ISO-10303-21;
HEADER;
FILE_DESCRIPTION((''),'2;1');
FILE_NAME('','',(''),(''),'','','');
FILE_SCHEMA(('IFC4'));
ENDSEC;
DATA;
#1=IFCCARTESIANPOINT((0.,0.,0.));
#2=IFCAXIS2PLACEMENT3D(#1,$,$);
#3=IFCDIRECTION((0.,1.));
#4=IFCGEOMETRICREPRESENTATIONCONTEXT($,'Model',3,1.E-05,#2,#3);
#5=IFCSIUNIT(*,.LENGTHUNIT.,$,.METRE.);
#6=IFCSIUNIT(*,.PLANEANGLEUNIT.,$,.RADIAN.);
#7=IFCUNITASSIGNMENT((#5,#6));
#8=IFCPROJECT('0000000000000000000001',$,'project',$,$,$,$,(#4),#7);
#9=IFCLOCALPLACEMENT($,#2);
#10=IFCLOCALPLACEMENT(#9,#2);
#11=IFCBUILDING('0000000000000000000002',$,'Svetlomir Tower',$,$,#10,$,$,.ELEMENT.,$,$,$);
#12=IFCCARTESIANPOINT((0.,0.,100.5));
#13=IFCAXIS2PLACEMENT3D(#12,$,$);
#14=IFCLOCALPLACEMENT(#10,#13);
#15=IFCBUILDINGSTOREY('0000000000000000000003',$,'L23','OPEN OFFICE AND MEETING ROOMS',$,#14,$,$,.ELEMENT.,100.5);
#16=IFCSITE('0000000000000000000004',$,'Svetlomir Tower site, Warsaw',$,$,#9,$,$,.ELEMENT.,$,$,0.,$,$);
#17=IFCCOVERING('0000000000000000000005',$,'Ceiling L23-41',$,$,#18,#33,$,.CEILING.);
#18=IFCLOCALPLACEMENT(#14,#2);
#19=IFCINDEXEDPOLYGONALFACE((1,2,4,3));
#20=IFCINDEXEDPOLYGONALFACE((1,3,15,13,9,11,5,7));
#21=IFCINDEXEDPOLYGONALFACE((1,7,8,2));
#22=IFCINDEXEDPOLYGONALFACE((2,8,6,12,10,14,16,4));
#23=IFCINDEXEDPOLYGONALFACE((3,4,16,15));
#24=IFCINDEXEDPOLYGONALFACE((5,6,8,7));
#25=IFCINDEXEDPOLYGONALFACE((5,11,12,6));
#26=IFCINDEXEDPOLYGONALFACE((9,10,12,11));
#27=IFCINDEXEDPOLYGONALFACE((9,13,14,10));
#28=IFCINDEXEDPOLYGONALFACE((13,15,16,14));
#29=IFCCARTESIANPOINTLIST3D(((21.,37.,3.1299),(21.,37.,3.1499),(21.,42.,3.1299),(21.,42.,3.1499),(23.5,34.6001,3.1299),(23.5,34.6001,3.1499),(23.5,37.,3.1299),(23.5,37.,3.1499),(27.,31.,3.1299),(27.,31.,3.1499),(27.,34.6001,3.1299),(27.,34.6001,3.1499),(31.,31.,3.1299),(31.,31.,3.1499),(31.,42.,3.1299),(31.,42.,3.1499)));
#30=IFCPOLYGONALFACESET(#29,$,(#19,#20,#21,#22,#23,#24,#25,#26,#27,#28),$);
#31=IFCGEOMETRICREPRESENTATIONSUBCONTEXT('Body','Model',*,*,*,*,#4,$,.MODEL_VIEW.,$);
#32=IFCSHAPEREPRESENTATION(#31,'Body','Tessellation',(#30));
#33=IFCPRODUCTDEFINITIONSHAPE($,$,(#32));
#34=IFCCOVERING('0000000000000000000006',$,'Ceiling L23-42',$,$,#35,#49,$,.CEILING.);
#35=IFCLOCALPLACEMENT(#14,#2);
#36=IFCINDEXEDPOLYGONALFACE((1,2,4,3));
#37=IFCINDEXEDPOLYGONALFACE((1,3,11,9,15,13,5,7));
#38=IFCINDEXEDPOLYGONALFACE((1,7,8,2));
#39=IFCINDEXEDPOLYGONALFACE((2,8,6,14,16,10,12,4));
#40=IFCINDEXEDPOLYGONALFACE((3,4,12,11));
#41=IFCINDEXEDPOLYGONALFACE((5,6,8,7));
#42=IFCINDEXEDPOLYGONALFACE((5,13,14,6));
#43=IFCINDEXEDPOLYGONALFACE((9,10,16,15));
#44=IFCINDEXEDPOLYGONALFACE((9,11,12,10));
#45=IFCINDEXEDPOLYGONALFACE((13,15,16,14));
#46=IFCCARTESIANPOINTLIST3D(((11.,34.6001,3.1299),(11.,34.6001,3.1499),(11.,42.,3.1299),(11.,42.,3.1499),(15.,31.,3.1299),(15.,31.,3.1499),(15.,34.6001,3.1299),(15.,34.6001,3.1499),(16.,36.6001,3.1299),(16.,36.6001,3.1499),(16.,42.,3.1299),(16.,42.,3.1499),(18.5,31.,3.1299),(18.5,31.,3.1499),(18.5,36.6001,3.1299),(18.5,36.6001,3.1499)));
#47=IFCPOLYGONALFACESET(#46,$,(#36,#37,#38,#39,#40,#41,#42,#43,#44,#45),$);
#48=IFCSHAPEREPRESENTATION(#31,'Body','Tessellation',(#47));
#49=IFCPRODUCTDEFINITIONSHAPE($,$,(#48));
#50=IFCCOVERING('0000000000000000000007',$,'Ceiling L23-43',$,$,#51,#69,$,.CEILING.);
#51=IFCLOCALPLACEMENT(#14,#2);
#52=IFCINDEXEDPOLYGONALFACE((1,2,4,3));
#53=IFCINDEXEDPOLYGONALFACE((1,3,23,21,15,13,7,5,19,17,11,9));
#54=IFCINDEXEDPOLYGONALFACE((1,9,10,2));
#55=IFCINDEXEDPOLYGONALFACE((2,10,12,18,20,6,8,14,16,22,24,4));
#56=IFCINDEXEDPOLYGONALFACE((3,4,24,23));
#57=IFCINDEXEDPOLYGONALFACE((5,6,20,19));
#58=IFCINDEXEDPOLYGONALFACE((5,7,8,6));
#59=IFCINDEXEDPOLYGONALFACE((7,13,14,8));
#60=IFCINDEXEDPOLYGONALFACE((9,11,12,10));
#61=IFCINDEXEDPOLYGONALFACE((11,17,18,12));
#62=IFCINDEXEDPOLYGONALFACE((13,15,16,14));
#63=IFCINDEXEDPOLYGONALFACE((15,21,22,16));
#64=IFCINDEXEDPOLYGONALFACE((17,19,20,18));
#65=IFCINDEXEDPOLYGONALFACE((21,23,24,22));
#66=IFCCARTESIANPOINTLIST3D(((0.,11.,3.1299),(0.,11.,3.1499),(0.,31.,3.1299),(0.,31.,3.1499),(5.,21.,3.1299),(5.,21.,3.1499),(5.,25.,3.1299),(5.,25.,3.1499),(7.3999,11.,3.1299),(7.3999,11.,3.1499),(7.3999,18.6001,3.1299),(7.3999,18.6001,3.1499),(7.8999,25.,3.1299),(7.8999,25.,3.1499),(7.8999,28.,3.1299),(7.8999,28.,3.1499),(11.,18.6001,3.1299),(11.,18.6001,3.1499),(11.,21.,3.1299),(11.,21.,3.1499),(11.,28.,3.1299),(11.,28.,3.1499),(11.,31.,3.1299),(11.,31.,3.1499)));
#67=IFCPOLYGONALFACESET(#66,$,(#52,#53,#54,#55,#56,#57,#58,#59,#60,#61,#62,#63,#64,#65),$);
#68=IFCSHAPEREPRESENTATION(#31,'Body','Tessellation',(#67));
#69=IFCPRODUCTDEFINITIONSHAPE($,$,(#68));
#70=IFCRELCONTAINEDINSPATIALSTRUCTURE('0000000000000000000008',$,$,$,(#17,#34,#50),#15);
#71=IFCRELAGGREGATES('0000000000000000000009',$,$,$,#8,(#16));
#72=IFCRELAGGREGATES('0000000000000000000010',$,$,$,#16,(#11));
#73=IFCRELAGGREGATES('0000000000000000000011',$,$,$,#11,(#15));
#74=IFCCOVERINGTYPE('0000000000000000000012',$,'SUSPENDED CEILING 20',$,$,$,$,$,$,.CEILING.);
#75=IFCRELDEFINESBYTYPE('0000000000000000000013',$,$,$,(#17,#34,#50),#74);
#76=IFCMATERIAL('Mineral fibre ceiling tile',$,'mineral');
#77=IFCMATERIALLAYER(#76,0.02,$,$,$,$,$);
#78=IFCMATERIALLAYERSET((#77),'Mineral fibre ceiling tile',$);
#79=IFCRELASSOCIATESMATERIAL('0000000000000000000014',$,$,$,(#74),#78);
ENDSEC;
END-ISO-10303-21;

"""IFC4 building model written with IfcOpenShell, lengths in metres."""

from ifc_helpers import new_model, si_unit, direction, frame, origin, place, context, subcontext, project, spatial, polyline, outline, extrude, material, layer, layer_set, type_object, element, save


model = new_model("IFC4")

# Units and contexts
model_context = context("Model", 3, precision=1e-05, world=origin(), true_north=direction((0.0, 1.0)))
body_context = subcontext(model_context, "Body", "Model", "MODEL_VIEW")
ifc_project = project(units=[si_unit("LENGTHUNIT", "METRE"), si_unit("PLANEANGLEUNIT", "RADIAN")], contexts=[model_context])

# Site, building, storey
site_placement = place(None, origin())
site = spatial("IfcSite", under=ifc_project, at=site_placement, Name="Svetlomir Tower site, Warsaw", CompositionType="ELEMENT", RefElevation=0.0)
building_placement = place(site_placement, origin())
building = spatial("IfcBuilding", under=site, at=building_placement, Name="Svetlomir Tower", CompositionType="ELEMENT")
storey_placement = place(building_placement, frame((0.0, 0.0, 100.5)))
storey = spatial("IfcBuildingStorey", under=building, at=storey_placement, Name="L23", Description="OPEN OFFICE AND MEETING ROOMS", CompositionType="ELEMENT", Elevation=100.5)

# Coverings
ifc_material_1 = material(Name="Mineral fibre ceiling tile", Category="mineral")
ifc_layer_1 = layer(ifc_material_1, 0.02)
ifc_layer_set_1 = layer_set([ifc_layer_1], Name="Mineral fibre ceiling tile")
covering_type_1 = type_object("IfcCoveringType", Name="SUSPENDED CEILING 20", PredefinedType="CEILING", material=ifc_layer_set_1)
covering_1_placement = place(storey_placement, frame((0.0, 0.0, 3.1299)))
element("IfcCovering", 1, at=covering_1_placement, inside=storey, type_object=covering_type_1, Name="Ceiling L23-41", PredefinedType="CEILING", context=body_context, shape_type="SweptSolid", body=[
    extrude(outline(polyline([(27.0, 31.0), (27.0, 34.6001), (23.5, 34.6001), (23.5, 37.0), (21.0, 37.0), (21.0, 42.0), (31.0, 42.0), (31.0, 31.0), (27.0, 31.0)])), origin(), (0.0, 0.0, 1.0), 0.02),
])
covering_2_placement = place(storey_placement, frame((0.0, 0.0, 3.1299)))
element("IfcCovering", 2, at=covering_2_placement, inside=storey, type_object=covering_type_1, Name="Ceiling L23-42", PredefinedType="CEILING", context=body_context, shape_type="SweptSolid", body=[
    extrude(outline(polyline([(15.0, 34.6001), (11.0, 34.6001), (11.0, 42.0), (16.0, 42.0), (16.0, 36.6001), (18.5, 36.6001), (18.5, 31.0), (15.0, 31.0), (15.0, 34.6001)])), origin(), (0.0, 0.0, 1.0), 0.02),
])
covering_3_placement = place(storey_placement, frame((0.0, 0.0, 3.1299)))
element("IfcCovering", 3, at=covering_3_placement, inside=storey, type_object=covering_type_1, Name="Ceiling L23-43", PredefinedType="CEILING", context=body_context, shape_type="SweptSolid", body=[
    extrude(outline(polyline([(11.0, 31.0), (11.0, 28.0), (7.8999, 28.0), (7.8999, 25.0), (5.0, 25.0), (5.0, 21.0), (11.0, 21.0), (11.0, 18.6001), (7.3999, 18.6001), (7.3999, 11.0), (0.0, 11.0), (0.0, 31.0), (11.0, 31.0)])), origin(), (0.0, 0.0, 1.0), 0.02),
])

save(model, "model.ifc")
